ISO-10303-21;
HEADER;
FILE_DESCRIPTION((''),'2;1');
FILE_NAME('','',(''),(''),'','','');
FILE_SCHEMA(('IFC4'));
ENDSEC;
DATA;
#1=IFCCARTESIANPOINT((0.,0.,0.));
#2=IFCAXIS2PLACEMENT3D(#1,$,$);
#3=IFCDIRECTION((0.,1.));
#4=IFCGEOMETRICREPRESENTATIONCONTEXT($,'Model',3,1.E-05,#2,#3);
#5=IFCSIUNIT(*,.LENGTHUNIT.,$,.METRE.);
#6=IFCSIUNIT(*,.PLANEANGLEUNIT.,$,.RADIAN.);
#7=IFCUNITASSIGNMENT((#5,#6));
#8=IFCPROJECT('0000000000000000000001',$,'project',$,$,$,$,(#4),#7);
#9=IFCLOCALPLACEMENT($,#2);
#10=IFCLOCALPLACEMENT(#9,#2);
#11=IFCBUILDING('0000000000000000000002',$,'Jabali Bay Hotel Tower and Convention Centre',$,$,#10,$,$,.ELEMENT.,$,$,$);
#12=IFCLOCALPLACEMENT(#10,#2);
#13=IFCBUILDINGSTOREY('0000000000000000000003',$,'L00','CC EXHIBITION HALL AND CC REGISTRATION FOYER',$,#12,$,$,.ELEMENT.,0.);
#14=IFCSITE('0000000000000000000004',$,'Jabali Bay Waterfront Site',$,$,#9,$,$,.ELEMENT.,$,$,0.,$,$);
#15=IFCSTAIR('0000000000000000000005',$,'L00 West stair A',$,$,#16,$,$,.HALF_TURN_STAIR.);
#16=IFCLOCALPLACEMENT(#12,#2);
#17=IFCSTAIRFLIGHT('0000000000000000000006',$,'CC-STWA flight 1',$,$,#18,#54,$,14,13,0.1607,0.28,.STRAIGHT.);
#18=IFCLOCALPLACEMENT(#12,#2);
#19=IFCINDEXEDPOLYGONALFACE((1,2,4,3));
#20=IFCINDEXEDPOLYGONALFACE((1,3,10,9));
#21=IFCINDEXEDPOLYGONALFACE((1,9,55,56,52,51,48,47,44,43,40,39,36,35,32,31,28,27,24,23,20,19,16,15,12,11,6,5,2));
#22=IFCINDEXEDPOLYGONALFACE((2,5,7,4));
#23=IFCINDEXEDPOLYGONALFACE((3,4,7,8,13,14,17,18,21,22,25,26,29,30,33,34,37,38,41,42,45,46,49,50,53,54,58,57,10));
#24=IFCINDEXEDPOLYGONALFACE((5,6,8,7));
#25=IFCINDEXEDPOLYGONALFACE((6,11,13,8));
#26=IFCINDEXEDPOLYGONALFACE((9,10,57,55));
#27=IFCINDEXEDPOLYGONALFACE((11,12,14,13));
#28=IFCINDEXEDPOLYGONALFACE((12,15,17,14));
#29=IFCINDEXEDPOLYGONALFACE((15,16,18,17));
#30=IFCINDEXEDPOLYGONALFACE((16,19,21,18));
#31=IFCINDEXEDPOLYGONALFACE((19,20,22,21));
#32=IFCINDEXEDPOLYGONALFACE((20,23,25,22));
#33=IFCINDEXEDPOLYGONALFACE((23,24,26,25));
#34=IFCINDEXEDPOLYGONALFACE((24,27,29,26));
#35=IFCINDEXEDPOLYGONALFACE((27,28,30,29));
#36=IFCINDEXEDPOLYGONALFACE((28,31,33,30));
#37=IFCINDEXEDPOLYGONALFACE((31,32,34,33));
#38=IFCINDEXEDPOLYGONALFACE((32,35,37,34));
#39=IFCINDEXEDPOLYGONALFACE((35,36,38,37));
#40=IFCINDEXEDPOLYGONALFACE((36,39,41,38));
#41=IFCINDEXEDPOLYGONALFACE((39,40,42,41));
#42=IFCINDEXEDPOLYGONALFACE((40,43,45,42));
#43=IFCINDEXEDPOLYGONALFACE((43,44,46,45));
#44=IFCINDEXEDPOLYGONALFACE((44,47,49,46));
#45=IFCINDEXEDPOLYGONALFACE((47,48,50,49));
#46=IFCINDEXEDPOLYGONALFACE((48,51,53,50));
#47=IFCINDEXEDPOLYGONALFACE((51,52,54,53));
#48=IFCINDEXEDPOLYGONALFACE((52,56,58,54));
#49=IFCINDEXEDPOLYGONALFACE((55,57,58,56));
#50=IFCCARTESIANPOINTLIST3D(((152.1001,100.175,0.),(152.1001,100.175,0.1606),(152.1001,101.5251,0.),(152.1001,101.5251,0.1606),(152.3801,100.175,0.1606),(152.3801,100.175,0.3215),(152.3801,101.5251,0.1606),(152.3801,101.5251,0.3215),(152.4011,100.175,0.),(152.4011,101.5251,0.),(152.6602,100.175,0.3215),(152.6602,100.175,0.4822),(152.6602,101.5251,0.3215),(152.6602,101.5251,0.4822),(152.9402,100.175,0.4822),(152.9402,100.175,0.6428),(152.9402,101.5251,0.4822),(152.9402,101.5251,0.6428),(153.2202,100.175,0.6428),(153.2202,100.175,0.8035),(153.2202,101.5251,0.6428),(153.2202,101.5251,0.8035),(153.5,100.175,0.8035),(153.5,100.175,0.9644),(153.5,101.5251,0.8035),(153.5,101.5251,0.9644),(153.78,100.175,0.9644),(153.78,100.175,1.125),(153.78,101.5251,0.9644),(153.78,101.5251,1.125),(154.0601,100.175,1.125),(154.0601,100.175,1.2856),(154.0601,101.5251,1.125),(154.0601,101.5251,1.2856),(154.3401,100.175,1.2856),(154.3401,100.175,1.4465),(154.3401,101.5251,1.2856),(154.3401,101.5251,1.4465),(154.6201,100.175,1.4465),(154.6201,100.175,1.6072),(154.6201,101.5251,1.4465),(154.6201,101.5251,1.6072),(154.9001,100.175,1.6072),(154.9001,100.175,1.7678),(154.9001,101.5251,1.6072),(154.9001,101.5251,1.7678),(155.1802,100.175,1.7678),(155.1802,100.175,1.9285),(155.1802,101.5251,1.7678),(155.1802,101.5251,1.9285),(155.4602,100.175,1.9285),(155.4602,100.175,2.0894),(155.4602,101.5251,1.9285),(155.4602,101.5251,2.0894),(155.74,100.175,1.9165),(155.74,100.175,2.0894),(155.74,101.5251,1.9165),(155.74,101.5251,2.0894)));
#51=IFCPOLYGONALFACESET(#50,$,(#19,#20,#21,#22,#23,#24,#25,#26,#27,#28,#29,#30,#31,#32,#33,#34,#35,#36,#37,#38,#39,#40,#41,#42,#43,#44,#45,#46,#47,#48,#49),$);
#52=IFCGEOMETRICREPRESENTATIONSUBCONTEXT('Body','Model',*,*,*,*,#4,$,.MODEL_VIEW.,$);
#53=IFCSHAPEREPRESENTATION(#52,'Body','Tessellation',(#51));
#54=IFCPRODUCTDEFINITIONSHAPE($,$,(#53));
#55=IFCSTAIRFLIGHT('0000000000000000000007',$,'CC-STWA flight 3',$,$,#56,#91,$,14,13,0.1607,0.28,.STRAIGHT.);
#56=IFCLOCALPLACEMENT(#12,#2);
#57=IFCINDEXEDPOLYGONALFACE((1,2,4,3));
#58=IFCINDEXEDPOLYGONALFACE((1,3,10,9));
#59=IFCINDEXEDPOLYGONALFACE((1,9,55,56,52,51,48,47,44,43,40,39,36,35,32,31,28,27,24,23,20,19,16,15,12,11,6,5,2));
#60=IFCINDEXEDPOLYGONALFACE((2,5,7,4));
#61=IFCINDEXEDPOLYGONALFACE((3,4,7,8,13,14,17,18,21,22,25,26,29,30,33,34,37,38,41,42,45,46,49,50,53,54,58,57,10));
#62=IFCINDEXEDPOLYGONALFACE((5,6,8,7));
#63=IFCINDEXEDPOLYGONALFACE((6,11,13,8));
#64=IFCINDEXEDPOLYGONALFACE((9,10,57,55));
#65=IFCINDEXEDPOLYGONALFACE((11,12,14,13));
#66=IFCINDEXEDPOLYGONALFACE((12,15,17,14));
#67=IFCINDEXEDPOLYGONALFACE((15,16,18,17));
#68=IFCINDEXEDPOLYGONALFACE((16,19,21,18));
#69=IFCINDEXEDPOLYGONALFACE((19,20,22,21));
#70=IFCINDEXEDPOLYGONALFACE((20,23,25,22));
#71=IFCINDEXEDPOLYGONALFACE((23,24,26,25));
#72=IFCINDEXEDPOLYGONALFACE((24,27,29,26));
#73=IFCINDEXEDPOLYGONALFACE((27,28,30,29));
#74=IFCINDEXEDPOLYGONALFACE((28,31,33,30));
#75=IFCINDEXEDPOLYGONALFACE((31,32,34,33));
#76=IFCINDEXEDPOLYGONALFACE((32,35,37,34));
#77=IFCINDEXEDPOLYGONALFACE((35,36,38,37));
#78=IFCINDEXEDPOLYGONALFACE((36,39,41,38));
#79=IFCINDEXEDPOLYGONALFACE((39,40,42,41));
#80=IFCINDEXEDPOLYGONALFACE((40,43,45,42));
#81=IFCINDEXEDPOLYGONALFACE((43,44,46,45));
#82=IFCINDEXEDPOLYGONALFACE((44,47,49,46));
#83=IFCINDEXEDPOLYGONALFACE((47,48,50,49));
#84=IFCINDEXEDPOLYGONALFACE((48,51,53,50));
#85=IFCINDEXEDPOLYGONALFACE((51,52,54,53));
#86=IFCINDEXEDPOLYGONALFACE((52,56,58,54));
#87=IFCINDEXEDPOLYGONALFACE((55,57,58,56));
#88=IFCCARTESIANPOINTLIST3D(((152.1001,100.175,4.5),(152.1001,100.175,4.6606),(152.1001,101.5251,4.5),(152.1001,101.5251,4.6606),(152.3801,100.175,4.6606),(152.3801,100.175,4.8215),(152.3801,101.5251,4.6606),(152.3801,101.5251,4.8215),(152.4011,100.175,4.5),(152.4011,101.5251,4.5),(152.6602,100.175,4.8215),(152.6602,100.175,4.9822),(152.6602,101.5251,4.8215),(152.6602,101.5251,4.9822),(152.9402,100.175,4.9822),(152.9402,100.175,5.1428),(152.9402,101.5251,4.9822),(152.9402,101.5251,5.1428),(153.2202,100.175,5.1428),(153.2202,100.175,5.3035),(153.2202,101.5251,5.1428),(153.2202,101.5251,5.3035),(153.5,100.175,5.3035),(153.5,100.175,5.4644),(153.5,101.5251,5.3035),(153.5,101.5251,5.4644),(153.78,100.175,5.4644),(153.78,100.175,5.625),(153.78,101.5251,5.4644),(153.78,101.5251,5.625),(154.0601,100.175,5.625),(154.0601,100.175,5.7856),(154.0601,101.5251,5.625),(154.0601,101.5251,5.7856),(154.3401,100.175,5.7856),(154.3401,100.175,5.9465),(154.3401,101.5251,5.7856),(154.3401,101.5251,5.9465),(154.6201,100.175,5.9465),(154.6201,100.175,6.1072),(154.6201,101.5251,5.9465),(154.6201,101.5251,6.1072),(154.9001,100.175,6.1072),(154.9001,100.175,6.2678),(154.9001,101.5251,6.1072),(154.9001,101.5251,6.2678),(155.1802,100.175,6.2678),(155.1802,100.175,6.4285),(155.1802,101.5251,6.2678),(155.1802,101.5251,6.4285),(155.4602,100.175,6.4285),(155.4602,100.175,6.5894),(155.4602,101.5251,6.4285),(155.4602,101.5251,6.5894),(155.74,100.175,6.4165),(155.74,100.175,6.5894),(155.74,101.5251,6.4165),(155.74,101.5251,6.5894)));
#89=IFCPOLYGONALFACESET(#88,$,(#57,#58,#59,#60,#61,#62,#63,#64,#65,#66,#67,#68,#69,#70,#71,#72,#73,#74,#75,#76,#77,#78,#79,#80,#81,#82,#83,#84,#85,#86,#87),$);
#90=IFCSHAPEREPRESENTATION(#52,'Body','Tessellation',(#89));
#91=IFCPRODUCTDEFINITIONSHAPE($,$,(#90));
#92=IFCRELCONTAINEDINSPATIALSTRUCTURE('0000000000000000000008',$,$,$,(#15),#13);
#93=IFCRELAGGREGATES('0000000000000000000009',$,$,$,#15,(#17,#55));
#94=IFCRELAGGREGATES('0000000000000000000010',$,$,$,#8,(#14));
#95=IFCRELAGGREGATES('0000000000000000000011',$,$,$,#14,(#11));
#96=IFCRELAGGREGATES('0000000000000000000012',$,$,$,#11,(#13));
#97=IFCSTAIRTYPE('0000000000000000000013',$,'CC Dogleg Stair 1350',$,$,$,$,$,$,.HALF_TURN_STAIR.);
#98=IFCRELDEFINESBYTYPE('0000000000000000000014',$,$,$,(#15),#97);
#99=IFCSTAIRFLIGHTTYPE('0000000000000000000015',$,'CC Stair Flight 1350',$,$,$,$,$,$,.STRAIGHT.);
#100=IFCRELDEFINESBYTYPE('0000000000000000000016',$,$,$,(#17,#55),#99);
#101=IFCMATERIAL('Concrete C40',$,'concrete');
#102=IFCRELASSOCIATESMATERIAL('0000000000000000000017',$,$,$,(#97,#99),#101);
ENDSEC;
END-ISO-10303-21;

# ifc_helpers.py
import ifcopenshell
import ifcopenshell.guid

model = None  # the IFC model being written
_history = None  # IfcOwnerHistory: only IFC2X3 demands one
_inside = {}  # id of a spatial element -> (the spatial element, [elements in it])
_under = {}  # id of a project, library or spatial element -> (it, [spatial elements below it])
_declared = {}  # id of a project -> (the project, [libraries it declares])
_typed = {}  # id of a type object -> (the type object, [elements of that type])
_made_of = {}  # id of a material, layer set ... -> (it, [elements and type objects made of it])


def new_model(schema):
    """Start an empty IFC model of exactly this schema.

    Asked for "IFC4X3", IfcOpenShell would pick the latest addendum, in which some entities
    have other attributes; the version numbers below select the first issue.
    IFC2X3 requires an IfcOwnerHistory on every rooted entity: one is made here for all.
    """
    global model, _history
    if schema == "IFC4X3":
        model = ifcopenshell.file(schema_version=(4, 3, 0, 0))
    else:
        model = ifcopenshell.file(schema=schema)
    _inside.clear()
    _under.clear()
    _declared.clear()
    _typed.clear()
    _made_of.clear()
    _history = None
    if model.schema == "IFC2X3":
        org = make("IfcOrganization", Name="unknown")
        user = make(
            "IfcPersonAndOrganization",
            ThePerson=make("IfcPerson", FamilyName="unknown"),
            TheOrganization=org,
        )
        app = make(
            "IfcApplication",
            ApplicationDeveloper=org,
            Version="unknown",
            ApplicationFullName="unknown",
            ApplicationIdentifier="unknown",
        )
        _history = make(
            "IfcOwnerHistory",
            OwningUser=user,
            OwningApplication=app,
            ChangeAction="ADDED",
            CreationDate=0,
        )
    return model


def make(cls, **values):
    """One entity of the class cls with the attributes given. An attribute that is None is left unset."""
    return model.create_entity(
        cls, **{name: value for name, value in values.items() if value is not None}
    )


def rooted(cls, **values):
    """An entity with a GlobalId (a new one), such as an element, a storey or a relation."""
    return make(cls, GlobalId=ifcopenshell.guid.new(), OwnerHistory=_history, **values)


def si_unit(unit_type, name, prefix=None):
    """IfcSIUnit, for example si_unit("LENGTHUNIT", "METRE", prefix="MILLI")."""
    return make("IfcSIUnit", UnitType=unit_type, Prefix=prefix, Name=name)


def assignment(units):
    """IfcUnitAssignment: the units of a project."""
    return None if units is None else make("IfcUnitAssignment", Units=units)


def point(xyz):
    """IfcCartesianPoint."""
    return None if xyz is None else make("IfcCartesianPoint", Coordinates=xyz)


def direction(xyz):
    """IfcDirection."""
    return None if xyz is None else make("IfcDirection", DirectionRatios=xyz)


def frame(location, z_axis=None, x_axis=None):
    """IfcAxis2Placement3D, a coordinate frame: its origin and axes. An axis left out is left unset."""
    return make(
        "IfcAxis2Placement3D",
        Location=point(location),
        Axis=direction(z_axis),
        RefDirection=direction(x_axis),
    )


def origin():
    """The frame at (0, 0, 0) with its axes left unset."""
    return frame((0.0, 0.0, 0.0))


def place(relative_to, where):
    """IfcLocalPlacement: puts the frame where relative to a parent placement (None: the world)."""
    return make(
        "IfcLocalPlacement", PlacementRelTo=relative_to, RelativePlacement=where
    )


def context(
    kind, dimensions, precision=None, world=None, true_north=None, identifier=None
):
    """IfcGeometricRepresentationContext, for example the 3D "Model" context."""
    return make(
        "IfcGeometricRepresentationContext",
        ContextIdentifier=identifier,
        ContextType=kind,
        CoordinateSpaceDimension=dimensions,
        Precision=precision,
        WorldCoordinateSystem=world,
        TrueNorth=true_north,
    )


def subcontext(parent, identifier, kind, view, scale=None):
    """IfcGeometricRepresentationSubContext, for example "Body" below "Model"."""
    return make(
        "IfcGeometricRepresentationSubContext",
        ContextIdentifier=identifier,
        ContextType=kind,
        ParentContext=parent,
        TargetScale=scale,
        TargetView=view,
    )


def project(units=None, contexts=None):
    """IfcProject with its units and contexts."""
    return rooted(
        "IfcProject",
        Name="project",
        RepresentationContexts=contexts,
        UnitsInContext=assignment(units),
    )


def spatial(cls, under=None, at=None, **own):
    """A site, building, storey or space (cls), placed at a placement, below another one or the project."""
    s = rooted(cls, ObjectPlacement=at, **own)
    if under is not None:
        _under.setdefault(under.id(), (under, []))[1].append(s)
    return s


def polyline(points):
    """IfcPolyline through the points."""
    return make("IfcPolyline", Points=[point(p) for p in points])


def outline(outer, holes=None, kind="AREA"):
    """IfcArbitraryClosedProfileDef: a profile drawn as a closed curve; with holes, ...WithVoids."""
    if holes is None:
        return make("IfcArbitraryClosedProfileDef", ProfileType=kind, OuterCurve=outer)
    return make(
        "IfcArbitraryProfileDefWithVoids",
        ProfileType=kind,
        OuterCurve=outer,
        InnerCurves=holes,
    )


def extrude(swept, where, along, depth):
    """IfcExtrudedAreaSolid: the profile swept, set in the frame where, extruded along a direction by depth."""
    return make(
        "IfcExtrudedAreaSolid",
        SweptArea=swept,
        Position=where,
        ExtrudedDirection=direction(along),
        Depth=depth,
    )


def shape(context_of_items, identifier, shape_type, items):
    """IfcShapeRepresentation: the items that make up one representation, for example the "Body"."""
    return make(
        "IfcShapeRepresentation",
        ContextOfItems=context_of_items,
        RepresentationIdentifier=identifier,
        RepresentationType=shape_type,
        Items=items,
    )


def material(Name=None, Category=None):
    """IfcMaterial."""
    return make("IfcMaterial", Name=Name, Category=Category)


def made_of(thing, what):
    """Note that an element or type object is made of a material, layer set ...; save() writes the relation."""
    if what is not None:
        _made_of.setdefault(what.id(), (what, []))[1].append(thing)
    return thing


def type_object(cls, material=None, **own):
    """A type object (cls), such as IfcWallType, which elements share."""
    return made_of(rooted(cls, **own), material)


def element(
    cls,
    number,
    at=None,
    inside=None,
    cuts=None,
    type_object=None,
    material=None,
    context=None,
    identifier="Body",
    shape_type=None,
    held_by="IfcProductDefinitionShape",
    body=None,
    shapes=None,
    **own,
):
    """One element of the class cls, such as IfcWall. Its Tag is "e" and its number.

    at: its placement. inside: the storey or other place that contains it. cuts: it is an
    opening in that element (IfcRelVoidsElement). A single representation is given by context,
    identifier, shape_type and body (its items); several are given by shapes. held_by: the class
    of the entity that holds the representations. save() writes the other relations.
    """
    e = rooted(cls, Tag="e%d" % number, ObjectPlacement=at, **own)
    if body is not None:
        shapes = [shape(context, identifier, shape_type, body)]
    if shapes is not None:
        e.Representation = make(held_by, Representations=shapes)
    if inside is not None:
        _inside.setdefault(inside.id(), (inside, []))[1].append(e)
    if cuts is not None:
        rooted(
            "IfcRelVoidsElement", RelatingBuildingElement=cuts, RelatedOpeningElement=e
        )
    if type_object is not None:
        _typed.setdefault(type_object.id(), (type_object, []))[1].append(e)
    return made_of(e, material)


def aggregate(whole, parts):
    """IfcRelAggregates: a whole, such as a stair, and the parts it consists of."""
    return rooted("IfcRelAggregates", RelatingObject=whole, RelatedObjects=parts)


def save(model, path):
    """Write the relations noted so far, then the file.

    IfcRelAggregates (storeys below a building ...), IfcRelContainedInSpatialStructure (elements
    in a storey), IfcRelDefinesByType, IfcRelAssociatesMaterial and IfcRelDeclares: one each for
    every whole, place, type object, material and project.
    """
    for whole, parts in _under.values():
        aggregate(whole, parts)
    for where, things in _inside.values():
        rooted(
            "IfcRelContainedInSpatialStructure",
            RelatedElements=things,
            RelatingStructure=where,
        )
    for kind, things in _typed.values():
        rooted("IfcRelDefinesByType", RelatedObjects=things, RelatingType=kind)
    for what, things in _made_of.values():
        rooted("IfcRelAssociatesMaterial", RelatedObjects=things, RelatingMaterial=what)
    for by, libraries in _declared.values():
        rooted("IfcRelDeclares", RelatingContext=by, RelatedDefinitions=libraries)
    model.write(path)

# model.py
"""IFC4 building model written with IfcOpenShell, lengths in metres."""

from ifc_helpers import new_model, si_unit, direction, frame, origin, place, context, subcontext, project, spatial, polyline, outline, extrude, material, type_object, element, aggregate, save


model = new_model("IFC4")

# Units and contexts
model_context = context("Model", 3, precision=1e-05, world=origin(), true_north=direction((0.0, 1.0)))
body_context = subcontext(model_context, "Body", "Model", "MODEL_VIEW")
ifc_project = project(units=[si_unit("LENGTHUNIT", "METRE"), si_unit("PLANEANGLEUNIT", "RADIAN")], contexts=[model_context])

# Site, building, storey
site_placement = place(None, origin())
site = spatial("IfcSite", under=ifc_project, at=site_placement, Name="Jabali Bay Waterfront Site", CompositionType="ELEMENT", RefElevation=0.0)
building_placement = place(site_placement, origin())
building = spatial("IfcBuilding", under=site, at=building_placement, Name="Jabali Bay Hotel Tower and Convention Centre", CompositionType="ELEMENT")
storey_placement = place(building_placement, origin())
storey = spatial("IfcBuildingStorey", under=building, at=storey_placement, Name="L00", Description="CC EXHIBITION HALL AND CC REGISTRATION FOYER", CompositionType="ELEMENT", Elevation=0.0)

# Shared definitions
ifc_material_1 = material(Name="Concrete C40", Category="concrete")

# Stair, stair flights
stair_type = type_object("IfcStairType", Name="CC Dogleg Stair 1350", PredefinedType="HALF_TURN_STAIR", material=ifc_material_1)
stair_placement = place(storey_placement, origin())
stair = element("IfcStair", 1, at=stair_placement, inside=storey, type_object=stair_type, Name="L00 West stair A", PredefinedType="HALF_TURN_STAIR")
stair_flight_type = type_object("IfcStairFlightType", Name="CC Stair Flight 1350", PredefinedType="STRAIGHT", material=ifc_material_1)
stair_flight_1_placement = place(storey_placement, frame((152.1001, 100.8501, 0.0), z_axis=(0.0, 0.0, 1.0), x_axis=(1.0, 0.0, 0.0)))
stair_flight_1 = element("IfcStairFlight", 2, at=stair_flight_1_placement, type_object=stair_flight_type, Name="CC-STWA flight 1", NumberOfRisers=14, NumberOfTreads=13, PredefinedType="STRAIGHT", RiserHeight=0.1607, TreadLength=0.28, context=body_context, shape_type="SweptSolid", body=[
    extrude(outline(polyline([(0.0, 0.0), (0.0, 0.1606), (0.28, 0.1606), (0.28, 0.3215), (0.5601, 0.3215), (0.5601, 0.4822), (0.8401, 0.4822), (0.8401, 0.6428), (1.1201, 0.6428), (1.1201, 0.8035), (1.3999, 0.8035), (1.3999, 0.9644), (1.6799, 0.9644), (1.6799, 1.125), (1.96, 1.125), (1.96, 1.2856), (2.24, 1.2856), (2.24, 1.4465), (2.52, 1.4465), (2.52, 1.6072), (2.8, 1.6072), (2.8, 1.7678), (3.0801, 1.7678), (3.0801, 1.9285), (3.3601, 1.9285), (3.3601, 2.0894), (3.6399, 2.0894), (3.6399, 2.25), (3.6399, 1.9165), (0.301, 0.0), (0.0, 0.0)])), frame((0.0, 0.675, 0.0), z_axis=(0.0, -1.0, 0.0), x_axis=(1.0, 0.0, 0.0)), (0.0, 0.0, 1.0), 1.3501),
])
stair_flight_2_placement = place(storey_placement, frame((152.1001, 100.8501, 4.5), z_axis=(0.0, 0.0, 1.0), x_axis=(1.0, 0.0, 0.0)))
stair_flight_2 = element("IfcStairFlight", 3, at=stair_flight_2_placement, type_object=stair_flight_type, Name="CC-STWA flight 3", NumberOfRisers=14, NumberOfTreads=13, PredefinedType="STRAIGHT", RiserHeight=0.1607, TreadLength=0.28, context=body_context, shape_type="SweptSolid", body=[
    extrude(outline(polyline([(0.0, 0.0), (0.0, 0.1606), (0.28, 0.1606), (0.28, 0.3215), (0.5601, 0.3215), (0.5601, 0.4822), (0.8401, 0.4822), (0.8401, 0.6428), (1.1201, 0.6428), (1.1201, 0.8035), (1.3999, 0.8035), (1.3999, 0.9644), (1.6799, 0.9644), (1.6799, 1.125), (1.96, 1.125), (1.96, 1.2856), (2.24, 1.2856), (2.24, 1.4465), (2.52, 1.4465), (2.52, 1.6072), (2.8, 1.6072), (2.8, 1.7678), (3.0801, 1.7678), (3.0801, 1.9285), (3.3601, 1.9285), (3.3601, 2.0894), (3.6399, 2.0894), (3.6399, 2.25), (3.6399, 1.9165), (0.301, 0.0), (0.0, 0.0)])), frame((0.0, 0.675, 0.0), z_axis=(0.0, -1.0, 0.0), x_axis=(1.0, 0.0, 0.0)), (0.0, 0.0, 1.0), 1.3501),
])
aggregate(stair, [stair_flight_1, stair_flight_2])

save(model, "model.ifc")
